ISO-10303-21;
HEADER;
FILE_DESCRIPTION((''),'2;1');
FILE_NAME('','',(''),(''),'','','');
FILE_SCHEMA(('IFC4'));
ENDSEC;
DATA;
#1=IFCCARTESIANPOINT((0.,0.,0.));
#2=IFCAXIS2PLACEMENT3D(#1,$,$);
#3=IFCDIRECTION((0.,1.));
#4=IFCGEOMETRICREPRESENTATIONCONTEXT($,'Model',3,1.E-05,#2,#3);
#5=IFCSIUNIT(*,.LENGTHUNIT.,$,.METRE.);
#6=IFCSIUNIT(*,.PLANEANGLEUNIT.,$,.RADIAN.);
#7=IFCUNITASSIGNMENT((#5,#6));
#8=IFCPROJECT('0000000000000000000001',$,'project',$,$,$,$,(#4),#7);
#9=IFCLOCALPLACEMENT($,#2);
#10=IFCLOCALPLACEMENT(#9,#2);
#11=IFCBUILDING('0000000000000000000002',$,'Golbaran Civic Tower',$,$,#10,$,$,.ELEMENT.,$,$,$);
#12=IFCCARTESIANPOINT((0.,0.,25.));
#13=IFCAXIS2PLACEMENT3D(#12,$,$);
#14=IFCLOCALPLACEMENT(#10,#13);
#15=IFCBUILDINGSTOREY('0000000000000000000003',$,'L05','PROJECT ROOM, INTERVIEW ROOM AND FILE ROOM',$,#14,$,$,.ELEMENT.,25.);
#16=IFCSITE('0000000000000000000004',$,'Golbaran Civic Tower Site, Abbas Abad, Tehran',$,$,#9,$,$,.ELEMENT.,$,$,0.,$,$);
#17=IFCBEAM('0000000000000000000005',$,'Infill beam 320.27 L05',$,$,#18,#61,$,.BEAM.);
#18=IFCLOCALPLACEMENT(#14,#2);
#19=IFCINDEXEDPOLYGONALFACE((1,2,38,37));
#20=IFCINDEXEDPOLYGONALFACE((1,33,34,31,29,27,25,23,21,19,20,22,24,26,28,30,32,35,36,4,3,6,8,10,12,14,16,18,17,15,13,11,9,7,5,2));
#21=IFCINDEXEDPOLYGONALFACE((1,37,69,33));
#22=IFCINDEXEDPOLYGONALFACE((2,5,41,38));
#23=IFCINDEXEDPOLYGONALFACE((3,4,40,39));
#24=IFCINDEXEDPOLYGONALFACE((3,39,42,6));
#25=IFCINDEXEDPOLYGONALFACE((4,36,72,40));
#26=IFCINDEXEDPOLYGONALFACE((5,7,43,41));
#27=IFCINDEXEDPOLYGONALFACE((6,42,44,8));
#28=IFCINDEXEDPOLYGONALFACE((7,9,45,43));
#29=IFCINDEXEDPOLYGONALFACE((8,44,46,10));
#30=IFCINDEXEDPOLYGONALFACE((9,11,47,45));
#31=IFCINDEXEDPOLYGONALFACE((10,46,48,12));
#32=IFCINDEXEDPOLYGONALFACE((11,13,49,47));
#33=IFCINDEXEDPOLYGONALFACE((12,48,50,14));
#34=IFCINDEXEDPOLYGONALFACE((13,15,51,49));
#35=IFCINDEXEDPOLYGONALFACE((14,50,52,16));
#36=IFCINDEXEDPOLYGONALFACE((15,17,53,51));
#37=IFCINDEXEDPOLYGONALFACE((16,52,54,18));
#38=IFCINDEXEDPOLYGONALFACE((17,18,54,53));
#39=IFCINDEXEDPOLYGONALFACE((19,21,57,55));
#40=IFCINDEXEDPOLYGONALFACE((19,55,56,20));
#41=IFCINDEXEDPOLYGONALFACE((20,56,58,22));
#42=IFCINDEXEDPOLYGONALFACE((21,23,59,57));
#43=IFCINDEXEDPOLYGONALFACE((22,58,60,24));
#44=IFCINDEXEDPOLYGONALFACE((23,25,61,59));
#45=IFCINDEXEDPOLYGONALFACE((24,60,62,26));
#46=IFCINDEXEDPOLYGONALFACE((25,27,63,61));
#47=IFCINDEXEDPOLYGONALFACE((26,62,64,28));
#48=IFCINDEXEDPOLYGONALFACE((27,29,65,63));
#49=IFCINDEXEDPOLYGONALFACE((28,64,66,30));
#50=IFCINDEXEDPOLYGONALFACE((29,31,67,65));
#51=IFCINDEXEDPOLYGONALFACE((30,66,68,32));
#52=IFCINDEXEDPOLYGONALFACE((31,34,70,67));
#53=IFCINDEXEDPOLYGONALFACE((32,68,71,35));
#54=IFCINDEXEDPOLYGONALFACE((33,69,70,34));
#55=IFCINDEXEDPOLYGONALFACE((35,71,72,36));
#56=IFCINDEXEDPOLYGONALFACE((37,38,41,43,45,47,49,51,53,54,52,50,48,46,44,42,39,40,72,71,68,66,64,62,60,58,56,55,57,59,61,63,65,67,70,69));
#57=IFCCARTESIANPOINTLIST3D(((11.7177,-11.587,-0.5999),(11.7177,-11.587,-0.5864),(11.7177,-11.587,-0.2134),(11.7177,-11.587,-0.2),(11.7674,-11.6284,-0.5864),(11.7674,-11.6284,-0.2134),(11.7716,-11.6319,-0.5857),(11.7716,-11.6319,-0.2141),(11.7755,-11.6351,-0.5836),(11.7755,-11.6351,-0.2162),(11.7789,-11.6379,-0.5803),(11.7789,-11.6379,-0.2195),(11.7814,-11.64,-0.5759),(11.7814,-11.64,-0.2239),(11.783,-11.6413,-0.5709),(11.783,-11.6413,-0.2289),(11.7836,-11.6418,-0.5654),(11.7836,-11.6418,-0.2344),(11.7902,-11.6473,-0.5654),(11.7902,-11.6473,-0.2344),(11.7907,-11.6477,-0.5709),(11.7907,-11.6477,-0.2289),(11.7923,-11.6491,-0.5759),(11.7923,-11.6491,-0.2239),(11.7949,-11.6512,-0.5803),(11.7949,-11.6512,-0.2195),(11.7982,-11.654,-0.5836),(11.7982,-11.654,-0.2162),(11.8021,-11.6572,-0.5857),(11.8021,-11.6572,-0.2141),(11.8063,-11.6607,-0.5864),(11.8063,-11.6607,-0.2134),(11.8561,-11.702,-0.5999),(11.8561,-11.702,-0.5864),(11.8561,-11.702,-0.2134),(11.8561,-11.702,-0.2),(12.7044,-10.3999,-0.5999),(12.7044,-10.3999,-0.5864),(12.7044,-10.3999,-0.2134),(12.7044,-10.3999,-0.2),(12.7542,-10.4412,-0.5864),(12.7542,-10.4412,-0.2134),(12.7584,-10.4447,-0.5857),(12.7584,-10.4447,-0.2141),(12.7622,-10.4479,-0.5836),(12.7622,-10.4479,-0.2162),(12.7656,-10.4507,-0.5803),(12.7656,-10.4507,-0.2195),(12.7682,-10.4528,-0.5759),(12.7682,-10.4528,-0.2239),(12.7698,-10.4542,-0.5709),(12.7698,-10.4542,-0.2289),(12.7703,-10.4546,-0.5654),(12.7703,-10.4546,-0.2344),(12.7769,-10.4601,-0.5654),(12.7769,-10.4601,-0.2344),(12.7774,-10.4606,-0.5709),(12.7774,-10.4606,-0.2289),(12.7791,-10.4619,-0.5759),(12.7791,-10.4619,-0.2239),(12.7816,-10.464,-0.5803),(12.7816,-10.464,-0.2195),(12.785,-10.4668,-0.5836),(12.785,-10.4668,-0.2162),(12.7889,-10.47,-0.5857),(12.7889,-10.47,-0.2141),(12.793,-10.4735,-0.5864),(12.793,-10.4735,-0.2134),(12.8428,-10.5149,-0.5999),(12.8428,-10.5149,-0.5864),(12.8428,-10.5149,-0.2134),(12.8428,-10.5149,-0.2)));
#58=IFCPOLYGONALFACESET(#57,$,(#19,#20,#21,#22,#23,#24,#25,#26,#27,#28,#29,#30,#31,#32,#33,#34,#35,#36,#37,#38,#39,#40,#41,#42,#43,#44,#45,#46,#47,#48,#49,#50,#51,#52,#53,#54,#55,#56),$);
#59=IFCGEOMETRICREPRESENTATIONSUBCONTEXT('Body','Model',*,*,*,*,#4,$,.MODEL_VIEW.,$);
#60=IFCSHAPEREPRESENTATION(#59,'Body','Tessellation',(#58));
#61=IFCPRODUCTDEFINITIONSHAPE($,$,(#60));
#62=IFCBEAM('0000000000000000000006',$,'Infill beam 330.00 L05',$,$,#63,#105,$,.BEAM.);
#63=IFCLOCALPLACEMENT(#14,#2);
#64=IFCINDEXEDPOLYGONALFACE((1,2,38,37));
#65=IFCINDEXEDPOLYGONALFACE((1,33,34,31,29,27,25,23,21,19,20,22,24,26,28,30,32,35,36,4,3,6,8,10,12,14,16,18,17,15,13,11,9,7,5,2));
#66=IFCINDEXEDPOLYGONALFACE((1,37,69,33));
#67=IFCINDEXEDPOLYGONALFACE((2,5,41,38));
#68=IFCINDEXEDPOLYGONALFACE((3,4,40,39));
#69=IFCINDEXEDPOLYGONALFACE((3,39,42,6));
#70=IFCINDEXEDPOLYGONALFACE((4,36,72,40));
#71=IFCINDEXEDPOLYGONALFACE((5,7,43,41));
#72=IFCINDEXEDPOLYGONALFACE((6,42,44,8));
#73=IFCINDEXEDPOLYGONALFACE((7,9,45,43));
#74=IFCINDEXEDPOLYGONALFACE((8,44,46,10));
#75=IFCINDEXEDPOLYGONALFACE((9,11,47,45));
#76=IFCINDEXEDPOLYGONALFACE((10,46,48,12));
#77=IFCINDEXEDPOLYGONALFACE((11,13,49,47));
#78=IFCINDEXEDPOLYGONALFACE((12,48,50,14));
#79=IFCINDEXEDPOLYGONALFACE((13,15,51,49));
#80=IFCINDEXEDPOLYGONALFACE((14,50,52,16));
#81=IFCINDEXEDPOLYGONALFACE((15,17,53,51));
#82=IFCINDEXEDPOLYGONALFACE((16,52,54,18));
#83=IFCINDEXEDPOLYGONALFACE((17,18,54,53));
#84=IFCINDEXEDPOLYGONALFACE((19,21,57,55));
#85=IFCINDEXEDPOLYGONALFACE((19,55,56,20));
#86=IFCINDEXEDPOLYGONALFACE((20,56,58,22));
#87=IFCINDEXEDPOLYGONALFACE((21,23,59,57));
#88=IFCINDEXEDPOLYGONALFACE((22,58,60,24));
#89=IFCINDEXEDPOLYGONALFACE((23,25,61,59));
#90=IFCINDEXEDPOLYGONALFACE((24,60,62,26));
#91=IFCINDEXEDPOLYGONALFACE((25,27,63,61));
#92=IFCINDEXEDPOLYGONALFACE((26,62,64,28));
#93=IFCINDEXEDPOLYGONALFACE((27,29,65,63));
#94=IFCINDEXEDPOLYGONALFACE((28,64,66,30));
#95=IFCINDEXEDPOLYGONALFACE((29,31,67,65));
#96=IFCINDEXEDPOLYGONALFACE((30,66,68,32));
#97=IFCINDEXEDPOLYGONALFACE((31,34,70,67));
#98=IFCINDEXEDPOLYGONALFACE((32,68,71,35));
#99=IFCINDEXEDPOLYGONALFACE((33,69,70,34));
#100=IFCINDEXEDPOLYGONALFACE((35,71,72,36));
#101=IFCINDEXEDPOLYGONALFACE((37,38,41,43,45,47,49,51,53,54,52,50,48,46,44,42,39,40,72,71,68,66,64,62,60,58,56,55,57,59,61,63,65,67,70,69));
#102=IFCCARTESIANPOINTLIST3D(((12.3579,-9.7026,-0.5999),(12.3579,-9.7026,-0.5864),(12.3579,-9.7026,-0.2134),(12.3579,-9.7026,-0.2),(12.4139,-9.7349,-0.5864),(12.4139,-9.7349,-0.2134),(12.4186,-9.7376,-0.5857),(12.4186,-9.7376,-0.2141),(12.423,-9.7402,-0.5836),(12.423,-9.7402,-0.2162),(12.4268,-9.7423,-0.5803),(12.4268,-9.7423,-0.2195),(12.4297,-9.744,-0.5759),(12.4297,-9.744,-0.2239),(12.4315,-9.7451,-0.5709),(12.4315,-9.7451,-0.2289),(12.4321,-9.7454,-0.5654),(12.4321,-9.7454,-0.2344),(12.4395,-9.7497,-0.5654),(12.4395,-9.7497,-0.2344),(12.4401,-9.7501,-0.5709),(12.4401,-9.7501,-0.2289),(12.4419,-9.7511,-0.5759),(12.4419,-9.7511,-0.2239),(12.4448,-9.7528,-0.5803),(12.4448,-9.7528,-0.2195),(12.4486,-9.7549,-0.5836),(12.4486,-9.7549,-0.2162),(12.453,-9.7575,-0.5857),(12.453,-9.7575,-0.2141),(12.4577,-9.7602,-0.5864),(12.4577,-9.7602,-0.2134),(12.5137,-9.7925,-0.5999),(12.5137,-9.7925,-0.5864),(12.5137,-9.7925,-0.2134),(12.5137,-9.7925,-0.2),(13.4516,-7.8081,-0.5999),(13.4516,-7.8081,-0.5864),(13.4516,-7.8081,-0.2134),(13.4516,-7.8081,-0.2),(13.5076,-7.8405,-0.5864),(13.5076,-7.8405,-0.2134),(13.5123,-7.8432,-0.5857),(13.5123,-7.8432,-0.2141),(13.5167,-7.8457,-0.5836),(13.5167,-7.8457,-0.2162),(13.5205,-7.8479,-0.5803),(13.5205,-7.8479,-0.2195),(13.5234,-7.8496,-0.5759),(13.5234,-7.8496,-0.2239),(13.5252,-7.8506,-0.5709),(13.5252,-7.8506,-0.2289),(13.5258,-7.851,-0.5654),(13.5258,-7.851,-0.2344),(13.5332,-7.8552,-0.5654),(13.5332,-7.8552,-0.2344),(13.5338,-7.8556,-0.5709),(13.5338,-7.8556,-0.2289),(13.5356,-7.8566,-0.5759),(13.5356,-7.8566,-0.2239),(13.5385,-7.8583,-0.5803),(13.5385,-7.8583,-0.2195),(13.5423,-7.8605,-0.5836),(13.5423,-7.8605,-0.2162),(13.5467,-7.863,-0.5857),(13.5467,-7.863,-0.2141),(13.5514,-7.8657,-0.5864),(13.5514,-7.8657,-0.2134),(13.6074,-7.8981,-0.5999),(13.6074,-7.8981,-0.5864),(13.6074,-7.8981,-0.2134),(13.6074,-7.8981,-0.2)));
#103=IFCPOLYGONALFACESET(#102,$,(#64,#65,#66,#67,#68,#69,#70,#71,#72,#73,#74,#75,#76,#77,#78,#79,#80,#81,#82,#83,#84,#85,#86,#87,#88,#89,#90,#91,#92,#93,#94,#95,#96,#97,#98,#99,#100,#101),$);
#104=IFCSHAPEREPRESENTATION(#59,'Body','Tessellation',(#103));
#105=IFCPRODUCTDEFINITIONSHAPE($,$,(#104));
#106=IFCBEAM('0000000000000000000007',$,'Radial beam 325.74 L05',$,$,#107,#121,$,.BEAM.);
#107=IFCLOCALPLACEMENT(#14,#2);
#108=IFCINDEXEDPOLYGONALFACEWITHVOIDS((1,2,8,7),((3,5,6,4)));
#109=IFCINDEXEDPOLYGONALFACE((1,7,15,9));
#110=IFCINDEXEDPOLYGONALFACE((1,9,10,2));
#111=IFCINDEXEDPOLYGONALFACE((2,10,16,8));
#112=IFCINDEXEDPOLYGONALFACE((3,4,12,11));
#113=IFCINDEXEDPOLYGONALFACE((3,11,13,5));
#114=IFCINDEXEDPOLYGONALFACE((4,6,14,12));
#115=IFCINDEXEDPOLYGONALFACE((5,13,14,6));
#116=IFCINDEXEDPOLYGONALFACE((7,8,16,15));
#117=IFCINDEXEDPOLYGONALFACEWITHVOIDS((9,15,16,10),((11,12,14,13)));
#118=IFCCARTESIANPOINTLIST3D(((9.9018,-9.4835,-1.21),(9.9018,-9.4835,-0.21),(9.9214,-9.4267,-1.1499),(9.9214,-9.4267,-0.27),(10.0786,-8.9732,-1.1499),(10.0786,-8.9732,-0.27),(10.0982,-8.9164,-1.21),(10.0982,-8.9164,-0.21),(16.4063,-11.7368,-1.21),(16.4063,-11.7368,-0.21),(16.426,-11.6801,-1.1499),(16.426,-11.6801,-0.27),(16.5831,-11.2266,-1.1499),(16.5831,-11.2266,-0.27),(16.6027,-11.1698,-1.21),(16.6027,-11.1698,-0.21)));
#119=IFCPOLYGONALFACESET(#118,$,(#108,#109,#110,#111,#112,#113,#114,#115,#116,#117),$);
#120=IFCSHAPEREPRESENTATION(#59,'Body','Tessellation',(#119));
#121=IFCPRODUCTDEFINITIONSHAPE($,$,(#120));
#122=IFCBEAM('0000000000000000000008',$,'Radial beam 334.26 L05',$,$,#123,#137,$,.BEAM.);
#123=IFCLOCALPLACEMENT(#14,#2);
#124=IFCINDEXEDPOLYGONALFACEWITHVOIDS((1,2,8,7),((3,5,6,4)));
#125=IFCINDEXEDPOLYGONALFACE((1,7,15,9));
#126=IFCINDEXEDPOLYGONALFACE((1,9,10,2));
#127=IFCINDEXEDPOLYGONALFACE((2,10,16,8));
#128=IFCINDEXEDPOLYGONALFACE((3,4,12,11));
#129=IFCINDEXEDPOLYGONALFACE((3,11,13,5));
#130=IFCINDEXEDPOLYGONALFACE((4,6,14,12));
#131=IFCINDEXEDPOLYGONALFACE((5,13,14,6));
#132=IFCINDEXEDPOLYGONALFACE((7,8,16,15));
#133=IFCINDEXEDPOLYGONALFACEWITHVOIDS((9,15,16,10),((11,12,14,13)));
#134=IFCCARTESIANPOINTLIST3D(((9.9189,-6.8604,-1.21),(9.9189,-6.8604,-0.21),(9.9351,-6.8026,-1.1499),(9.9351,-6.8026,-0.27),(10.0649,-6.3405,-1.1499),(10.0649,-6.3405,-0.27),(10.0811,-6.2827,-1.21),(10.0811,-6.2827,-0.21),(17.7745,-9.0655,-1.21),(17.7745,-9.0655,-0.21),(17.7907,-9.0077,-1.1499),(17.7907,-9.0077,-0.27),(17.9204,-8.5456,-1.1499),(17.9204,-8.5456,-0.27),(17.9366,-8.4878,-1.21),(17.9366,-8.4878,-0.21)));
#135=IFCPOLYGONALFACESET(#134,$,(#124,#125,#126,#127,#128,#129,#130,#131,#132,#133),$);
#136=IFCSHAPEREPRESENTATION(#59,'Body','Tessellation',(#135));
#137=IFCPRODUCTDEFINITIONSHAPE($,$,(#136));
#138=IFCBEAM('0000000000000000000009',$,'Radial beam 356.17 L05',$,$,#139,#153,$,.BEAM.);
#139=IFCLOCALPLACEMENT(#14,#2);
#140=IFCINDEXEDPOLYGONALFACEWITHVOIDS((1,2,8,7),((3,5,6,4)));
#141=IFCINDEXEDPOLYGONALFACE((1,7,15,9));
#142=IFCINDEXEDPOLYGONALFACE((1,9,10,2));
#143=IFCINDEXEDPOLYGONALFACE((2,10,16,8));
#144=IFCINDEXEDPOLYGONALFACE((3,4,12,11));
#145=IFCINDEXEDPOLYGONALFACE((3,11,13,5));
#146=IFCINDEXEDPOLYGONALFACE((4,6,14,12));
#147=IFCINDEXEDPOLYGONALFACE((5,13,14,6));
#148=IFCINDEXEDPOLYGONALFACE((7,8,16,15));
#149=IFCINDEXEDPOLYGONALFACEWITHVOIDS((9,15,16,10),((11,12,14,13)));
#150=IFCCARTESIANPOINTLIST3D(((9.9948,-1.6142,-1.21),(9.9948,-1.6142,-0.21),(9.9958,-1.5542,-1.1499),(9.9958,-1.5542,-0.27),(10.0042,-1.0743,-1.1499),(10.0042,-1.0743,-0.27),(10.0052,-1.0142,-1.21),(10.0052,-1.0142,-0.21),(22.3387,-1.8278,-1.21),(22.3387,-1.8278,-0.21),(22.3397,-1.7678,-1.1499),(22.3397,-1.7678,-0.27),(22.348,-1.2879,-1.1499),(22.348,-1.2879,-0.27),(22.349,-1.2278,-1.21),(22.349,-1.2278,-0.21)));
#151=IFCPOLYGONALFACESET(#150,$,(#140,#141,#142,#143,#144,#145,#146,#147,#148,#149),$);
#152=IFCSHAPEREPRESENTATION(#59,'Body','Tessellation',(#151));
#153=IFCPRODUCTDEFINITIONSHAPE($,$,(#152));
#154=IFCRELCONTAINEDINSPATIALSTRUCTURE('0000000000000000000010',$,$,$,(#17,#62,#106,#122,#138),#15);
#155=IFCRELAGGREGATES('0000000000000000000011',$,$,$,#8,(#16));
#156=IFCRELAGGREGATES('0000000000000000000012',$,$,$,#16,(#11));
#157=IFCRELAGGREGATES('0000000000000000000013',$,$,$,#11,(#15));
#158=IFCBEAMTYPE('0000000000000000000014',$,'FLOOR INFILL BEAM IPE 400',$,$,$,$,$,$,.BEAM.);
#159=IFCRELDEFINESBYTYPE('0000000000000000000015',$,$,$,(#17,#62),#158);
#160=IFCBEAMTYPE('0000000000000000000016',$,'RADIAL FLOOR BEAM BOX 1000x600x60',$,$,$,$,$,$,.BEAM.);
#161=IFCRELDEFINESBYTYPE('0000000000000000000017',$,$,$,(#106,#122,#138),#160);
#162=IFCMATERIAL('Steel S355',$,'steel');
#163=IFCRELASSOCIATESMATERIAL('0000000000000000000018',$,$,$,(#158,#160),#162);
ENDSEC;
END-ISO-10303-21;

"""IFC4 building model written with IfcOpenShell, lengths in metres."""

from ifc_helpers import new_model, si_unit, direction, frame, origin, origin_2d, place, context, subcontext, project, spatial, hollow_rectangle, i_section, extrude, material, material_profile, profile_set, type_object, element, save


model = new_model("IFC4")

# Units and contexts
model_context = context("Model", 3, precision=1e-05, world=origin(), true_north=direction((0.0, 1.0)))
body_context = subcontext(model_context, "Body", "Model", "MODEL_VIEW")
ifc_project = project(units=[si_unit("LENGTHUNIT", "METRE"), si_unit("PLANEANGLEUNIT", "RADIAN")], contexts=[model_context])

# Site, building, storey
site_placement = place(None, origin())
site = spatial("IfcSite", under=ifc_project, at=site_placement, Name="Golbaran Civic Tower Site, Abbas Abad, Tehran", CompositionType="ELEMENT", RefElevation=0.0)
building_placement = place(site_placement, origin())
building = spatial("IfcBuilding", under=site, at=building_placement, Name="Golbaran Civic Tower", CompositionType="ELEMENT")
storey_placement = place(building_placement, frame((0.0, 0.0, 25.0)))
storey = spatial("IfcBuildingStorey", under=building, at=storey_placement, Name="L05", Description="PROJECT ROOM, INTERVIEW ROOM AND FILE ROOM", CompositionType="ELEMENT", Elevation=25.0)

# Beams
ifc_material_1 = material(Name="Steel S355", Category="steel")
ifc_material_profile_1 = material_profile(ifc_material_1, i_section(OverallWidth=0.1799, OverallDepth=0.3999, WebThickness=0.0085, FlangeThickness=0.0134, FilletRadius=0.021, at=origin_2d()), Name="IPE 400")
ifc_profile_set_1 = profile_set([ifc_material_profile_1], Name="Steel S355")
beam_type_1 = type_object("IfcBeamType", Name="FLOOR INFILL BEAM IPE 400", PredefinedType="BEAM", material=ifc_profile_set_1)
beam_1_placement = place(storey_placement, frame((11.7869, -11.6445, -0.3999), z_axis=(0.639204, 0.769037, 0.0), x_axis=(-0.769037, 0.639204, 0.0)))
element("IfcBeam", 1, at=beam_1_placement, inside=storey, type_object=beam_type_1, Name="Infill beam 320.27 L05", PredefinedType="BEAM", context=body_context, shape_type="SweptSolid", body=[
    extrude(i_section(OverallWidth=0.1799, OverallDepth=0.3999, WebThickness=0.0085, FlangeThickness=0.0134, FilletRadius=0.021, at=origin_2d()), origin(), (0.0, 0.0, 1.0), 1.5437),
])
beam_2_placement = place(storey_placement, frame((12.4358, -9.7476, -0.3999), z_axis=(0.49998, 0.866037, 0.0), x_axis=(-0.866037, 0.49998, 0.0)))
element("IfcBeam", 2, at=beam_2_placement, inside=storey, type_object=beam_type_1, Name="Infill beam 330.00 L05", PredefinedType="BEAM", context=body_context, shape_type="SweptSolid", body=[
    extrude(i_section(OverallWidth=0.1799, OverallDepth=0.3999, WebThickness=0.0085, FlangeThickness=0.0134, FilletRadius=0.021, at=origin_2d()), origin(), (0.0, 0.0, 1.0), 2.1875),
])
ifc_material_profile_2 = material_profile(ifc_material_1, hollow_rectangle(XDim=0.6001, YDim=1.0, WallThickness=0.0601, at=origin_2d()), Name="BOX 1000x600x60")
ifc_profile_set_2 = profile_set([ifc_material_profile_2], Name="Steel S355")
beam_type_2 = type_object("IfcBeamType", Name="RADIAL FLOOR BEAM BOX 1000x600x60", PredefinedType="BEAM", material=ifc_profile_set_2)
beam_3_placement = place(storey_placement, frame((10.0, -9.2, -0.71), z_axis=(0.944905, -0.327346, 0.0), x_axis=(0.327346, 0.944905, 0.0)))
element("IfcBeam", 3, at=beam_3_placement, inside=storey, type_object=beam_type_2, Name="Radial beam 325.74 L05", PredefinedType="BEAM", context=body_context, shape_type="SweptSolid", body=[
    extrude(hollow_rectangle(XDim=0.6001, YDim=1.0, WallThickness=0.0601, at=origin_2d()), origin(), (0.0, 0.0, 1.0), 6.8838),
])
beam_4_placement = place(storey_placement, frame((10.0, -6.5715, -0.71), z_axis=(0.962787, -0.27026, 0.0), x_axis=(0.27026, 0.962787, 0.0)))
element("IfcBeam", 4, at=beam_4_placement, inside=storey, type_object=beam_type_2, Name="Radial beam 334.26 L05", PredefinedType="BEAM", context=body_context, shape_type="SweptSolid", body=[
    extrude(hollow_rectangle(XDim=0.6001, YDim=1.0, WallThickness=0.0601, at=origin_2d()), origin(), (0.0, 0.0, 1.0), 8.1592),
])
beam_5_placement = place(storey_placement, frame((10.0, -1.3142, -0.71), z_axis=(0.99985, -0.017304, 0.0), x_axis=(0.017304, 0.99985, 0.0)))
element("IfcBeam", 5, at=beam_5_placement, inside=storey, type_object=beam_type_2, Name="Radial beam 356.17 L05", PredefinedType="BEAM", context=body_context, shape_type="SweptSolid", body=[
    extrude(hollow_rectangle(XDim=0.6001, YDim=1.0, WallThickness=0.0601, at=origin_2d()), origin(), (0.0, 0.0, 1.0), 12.3457),
])

save(model, "model.ifc")
